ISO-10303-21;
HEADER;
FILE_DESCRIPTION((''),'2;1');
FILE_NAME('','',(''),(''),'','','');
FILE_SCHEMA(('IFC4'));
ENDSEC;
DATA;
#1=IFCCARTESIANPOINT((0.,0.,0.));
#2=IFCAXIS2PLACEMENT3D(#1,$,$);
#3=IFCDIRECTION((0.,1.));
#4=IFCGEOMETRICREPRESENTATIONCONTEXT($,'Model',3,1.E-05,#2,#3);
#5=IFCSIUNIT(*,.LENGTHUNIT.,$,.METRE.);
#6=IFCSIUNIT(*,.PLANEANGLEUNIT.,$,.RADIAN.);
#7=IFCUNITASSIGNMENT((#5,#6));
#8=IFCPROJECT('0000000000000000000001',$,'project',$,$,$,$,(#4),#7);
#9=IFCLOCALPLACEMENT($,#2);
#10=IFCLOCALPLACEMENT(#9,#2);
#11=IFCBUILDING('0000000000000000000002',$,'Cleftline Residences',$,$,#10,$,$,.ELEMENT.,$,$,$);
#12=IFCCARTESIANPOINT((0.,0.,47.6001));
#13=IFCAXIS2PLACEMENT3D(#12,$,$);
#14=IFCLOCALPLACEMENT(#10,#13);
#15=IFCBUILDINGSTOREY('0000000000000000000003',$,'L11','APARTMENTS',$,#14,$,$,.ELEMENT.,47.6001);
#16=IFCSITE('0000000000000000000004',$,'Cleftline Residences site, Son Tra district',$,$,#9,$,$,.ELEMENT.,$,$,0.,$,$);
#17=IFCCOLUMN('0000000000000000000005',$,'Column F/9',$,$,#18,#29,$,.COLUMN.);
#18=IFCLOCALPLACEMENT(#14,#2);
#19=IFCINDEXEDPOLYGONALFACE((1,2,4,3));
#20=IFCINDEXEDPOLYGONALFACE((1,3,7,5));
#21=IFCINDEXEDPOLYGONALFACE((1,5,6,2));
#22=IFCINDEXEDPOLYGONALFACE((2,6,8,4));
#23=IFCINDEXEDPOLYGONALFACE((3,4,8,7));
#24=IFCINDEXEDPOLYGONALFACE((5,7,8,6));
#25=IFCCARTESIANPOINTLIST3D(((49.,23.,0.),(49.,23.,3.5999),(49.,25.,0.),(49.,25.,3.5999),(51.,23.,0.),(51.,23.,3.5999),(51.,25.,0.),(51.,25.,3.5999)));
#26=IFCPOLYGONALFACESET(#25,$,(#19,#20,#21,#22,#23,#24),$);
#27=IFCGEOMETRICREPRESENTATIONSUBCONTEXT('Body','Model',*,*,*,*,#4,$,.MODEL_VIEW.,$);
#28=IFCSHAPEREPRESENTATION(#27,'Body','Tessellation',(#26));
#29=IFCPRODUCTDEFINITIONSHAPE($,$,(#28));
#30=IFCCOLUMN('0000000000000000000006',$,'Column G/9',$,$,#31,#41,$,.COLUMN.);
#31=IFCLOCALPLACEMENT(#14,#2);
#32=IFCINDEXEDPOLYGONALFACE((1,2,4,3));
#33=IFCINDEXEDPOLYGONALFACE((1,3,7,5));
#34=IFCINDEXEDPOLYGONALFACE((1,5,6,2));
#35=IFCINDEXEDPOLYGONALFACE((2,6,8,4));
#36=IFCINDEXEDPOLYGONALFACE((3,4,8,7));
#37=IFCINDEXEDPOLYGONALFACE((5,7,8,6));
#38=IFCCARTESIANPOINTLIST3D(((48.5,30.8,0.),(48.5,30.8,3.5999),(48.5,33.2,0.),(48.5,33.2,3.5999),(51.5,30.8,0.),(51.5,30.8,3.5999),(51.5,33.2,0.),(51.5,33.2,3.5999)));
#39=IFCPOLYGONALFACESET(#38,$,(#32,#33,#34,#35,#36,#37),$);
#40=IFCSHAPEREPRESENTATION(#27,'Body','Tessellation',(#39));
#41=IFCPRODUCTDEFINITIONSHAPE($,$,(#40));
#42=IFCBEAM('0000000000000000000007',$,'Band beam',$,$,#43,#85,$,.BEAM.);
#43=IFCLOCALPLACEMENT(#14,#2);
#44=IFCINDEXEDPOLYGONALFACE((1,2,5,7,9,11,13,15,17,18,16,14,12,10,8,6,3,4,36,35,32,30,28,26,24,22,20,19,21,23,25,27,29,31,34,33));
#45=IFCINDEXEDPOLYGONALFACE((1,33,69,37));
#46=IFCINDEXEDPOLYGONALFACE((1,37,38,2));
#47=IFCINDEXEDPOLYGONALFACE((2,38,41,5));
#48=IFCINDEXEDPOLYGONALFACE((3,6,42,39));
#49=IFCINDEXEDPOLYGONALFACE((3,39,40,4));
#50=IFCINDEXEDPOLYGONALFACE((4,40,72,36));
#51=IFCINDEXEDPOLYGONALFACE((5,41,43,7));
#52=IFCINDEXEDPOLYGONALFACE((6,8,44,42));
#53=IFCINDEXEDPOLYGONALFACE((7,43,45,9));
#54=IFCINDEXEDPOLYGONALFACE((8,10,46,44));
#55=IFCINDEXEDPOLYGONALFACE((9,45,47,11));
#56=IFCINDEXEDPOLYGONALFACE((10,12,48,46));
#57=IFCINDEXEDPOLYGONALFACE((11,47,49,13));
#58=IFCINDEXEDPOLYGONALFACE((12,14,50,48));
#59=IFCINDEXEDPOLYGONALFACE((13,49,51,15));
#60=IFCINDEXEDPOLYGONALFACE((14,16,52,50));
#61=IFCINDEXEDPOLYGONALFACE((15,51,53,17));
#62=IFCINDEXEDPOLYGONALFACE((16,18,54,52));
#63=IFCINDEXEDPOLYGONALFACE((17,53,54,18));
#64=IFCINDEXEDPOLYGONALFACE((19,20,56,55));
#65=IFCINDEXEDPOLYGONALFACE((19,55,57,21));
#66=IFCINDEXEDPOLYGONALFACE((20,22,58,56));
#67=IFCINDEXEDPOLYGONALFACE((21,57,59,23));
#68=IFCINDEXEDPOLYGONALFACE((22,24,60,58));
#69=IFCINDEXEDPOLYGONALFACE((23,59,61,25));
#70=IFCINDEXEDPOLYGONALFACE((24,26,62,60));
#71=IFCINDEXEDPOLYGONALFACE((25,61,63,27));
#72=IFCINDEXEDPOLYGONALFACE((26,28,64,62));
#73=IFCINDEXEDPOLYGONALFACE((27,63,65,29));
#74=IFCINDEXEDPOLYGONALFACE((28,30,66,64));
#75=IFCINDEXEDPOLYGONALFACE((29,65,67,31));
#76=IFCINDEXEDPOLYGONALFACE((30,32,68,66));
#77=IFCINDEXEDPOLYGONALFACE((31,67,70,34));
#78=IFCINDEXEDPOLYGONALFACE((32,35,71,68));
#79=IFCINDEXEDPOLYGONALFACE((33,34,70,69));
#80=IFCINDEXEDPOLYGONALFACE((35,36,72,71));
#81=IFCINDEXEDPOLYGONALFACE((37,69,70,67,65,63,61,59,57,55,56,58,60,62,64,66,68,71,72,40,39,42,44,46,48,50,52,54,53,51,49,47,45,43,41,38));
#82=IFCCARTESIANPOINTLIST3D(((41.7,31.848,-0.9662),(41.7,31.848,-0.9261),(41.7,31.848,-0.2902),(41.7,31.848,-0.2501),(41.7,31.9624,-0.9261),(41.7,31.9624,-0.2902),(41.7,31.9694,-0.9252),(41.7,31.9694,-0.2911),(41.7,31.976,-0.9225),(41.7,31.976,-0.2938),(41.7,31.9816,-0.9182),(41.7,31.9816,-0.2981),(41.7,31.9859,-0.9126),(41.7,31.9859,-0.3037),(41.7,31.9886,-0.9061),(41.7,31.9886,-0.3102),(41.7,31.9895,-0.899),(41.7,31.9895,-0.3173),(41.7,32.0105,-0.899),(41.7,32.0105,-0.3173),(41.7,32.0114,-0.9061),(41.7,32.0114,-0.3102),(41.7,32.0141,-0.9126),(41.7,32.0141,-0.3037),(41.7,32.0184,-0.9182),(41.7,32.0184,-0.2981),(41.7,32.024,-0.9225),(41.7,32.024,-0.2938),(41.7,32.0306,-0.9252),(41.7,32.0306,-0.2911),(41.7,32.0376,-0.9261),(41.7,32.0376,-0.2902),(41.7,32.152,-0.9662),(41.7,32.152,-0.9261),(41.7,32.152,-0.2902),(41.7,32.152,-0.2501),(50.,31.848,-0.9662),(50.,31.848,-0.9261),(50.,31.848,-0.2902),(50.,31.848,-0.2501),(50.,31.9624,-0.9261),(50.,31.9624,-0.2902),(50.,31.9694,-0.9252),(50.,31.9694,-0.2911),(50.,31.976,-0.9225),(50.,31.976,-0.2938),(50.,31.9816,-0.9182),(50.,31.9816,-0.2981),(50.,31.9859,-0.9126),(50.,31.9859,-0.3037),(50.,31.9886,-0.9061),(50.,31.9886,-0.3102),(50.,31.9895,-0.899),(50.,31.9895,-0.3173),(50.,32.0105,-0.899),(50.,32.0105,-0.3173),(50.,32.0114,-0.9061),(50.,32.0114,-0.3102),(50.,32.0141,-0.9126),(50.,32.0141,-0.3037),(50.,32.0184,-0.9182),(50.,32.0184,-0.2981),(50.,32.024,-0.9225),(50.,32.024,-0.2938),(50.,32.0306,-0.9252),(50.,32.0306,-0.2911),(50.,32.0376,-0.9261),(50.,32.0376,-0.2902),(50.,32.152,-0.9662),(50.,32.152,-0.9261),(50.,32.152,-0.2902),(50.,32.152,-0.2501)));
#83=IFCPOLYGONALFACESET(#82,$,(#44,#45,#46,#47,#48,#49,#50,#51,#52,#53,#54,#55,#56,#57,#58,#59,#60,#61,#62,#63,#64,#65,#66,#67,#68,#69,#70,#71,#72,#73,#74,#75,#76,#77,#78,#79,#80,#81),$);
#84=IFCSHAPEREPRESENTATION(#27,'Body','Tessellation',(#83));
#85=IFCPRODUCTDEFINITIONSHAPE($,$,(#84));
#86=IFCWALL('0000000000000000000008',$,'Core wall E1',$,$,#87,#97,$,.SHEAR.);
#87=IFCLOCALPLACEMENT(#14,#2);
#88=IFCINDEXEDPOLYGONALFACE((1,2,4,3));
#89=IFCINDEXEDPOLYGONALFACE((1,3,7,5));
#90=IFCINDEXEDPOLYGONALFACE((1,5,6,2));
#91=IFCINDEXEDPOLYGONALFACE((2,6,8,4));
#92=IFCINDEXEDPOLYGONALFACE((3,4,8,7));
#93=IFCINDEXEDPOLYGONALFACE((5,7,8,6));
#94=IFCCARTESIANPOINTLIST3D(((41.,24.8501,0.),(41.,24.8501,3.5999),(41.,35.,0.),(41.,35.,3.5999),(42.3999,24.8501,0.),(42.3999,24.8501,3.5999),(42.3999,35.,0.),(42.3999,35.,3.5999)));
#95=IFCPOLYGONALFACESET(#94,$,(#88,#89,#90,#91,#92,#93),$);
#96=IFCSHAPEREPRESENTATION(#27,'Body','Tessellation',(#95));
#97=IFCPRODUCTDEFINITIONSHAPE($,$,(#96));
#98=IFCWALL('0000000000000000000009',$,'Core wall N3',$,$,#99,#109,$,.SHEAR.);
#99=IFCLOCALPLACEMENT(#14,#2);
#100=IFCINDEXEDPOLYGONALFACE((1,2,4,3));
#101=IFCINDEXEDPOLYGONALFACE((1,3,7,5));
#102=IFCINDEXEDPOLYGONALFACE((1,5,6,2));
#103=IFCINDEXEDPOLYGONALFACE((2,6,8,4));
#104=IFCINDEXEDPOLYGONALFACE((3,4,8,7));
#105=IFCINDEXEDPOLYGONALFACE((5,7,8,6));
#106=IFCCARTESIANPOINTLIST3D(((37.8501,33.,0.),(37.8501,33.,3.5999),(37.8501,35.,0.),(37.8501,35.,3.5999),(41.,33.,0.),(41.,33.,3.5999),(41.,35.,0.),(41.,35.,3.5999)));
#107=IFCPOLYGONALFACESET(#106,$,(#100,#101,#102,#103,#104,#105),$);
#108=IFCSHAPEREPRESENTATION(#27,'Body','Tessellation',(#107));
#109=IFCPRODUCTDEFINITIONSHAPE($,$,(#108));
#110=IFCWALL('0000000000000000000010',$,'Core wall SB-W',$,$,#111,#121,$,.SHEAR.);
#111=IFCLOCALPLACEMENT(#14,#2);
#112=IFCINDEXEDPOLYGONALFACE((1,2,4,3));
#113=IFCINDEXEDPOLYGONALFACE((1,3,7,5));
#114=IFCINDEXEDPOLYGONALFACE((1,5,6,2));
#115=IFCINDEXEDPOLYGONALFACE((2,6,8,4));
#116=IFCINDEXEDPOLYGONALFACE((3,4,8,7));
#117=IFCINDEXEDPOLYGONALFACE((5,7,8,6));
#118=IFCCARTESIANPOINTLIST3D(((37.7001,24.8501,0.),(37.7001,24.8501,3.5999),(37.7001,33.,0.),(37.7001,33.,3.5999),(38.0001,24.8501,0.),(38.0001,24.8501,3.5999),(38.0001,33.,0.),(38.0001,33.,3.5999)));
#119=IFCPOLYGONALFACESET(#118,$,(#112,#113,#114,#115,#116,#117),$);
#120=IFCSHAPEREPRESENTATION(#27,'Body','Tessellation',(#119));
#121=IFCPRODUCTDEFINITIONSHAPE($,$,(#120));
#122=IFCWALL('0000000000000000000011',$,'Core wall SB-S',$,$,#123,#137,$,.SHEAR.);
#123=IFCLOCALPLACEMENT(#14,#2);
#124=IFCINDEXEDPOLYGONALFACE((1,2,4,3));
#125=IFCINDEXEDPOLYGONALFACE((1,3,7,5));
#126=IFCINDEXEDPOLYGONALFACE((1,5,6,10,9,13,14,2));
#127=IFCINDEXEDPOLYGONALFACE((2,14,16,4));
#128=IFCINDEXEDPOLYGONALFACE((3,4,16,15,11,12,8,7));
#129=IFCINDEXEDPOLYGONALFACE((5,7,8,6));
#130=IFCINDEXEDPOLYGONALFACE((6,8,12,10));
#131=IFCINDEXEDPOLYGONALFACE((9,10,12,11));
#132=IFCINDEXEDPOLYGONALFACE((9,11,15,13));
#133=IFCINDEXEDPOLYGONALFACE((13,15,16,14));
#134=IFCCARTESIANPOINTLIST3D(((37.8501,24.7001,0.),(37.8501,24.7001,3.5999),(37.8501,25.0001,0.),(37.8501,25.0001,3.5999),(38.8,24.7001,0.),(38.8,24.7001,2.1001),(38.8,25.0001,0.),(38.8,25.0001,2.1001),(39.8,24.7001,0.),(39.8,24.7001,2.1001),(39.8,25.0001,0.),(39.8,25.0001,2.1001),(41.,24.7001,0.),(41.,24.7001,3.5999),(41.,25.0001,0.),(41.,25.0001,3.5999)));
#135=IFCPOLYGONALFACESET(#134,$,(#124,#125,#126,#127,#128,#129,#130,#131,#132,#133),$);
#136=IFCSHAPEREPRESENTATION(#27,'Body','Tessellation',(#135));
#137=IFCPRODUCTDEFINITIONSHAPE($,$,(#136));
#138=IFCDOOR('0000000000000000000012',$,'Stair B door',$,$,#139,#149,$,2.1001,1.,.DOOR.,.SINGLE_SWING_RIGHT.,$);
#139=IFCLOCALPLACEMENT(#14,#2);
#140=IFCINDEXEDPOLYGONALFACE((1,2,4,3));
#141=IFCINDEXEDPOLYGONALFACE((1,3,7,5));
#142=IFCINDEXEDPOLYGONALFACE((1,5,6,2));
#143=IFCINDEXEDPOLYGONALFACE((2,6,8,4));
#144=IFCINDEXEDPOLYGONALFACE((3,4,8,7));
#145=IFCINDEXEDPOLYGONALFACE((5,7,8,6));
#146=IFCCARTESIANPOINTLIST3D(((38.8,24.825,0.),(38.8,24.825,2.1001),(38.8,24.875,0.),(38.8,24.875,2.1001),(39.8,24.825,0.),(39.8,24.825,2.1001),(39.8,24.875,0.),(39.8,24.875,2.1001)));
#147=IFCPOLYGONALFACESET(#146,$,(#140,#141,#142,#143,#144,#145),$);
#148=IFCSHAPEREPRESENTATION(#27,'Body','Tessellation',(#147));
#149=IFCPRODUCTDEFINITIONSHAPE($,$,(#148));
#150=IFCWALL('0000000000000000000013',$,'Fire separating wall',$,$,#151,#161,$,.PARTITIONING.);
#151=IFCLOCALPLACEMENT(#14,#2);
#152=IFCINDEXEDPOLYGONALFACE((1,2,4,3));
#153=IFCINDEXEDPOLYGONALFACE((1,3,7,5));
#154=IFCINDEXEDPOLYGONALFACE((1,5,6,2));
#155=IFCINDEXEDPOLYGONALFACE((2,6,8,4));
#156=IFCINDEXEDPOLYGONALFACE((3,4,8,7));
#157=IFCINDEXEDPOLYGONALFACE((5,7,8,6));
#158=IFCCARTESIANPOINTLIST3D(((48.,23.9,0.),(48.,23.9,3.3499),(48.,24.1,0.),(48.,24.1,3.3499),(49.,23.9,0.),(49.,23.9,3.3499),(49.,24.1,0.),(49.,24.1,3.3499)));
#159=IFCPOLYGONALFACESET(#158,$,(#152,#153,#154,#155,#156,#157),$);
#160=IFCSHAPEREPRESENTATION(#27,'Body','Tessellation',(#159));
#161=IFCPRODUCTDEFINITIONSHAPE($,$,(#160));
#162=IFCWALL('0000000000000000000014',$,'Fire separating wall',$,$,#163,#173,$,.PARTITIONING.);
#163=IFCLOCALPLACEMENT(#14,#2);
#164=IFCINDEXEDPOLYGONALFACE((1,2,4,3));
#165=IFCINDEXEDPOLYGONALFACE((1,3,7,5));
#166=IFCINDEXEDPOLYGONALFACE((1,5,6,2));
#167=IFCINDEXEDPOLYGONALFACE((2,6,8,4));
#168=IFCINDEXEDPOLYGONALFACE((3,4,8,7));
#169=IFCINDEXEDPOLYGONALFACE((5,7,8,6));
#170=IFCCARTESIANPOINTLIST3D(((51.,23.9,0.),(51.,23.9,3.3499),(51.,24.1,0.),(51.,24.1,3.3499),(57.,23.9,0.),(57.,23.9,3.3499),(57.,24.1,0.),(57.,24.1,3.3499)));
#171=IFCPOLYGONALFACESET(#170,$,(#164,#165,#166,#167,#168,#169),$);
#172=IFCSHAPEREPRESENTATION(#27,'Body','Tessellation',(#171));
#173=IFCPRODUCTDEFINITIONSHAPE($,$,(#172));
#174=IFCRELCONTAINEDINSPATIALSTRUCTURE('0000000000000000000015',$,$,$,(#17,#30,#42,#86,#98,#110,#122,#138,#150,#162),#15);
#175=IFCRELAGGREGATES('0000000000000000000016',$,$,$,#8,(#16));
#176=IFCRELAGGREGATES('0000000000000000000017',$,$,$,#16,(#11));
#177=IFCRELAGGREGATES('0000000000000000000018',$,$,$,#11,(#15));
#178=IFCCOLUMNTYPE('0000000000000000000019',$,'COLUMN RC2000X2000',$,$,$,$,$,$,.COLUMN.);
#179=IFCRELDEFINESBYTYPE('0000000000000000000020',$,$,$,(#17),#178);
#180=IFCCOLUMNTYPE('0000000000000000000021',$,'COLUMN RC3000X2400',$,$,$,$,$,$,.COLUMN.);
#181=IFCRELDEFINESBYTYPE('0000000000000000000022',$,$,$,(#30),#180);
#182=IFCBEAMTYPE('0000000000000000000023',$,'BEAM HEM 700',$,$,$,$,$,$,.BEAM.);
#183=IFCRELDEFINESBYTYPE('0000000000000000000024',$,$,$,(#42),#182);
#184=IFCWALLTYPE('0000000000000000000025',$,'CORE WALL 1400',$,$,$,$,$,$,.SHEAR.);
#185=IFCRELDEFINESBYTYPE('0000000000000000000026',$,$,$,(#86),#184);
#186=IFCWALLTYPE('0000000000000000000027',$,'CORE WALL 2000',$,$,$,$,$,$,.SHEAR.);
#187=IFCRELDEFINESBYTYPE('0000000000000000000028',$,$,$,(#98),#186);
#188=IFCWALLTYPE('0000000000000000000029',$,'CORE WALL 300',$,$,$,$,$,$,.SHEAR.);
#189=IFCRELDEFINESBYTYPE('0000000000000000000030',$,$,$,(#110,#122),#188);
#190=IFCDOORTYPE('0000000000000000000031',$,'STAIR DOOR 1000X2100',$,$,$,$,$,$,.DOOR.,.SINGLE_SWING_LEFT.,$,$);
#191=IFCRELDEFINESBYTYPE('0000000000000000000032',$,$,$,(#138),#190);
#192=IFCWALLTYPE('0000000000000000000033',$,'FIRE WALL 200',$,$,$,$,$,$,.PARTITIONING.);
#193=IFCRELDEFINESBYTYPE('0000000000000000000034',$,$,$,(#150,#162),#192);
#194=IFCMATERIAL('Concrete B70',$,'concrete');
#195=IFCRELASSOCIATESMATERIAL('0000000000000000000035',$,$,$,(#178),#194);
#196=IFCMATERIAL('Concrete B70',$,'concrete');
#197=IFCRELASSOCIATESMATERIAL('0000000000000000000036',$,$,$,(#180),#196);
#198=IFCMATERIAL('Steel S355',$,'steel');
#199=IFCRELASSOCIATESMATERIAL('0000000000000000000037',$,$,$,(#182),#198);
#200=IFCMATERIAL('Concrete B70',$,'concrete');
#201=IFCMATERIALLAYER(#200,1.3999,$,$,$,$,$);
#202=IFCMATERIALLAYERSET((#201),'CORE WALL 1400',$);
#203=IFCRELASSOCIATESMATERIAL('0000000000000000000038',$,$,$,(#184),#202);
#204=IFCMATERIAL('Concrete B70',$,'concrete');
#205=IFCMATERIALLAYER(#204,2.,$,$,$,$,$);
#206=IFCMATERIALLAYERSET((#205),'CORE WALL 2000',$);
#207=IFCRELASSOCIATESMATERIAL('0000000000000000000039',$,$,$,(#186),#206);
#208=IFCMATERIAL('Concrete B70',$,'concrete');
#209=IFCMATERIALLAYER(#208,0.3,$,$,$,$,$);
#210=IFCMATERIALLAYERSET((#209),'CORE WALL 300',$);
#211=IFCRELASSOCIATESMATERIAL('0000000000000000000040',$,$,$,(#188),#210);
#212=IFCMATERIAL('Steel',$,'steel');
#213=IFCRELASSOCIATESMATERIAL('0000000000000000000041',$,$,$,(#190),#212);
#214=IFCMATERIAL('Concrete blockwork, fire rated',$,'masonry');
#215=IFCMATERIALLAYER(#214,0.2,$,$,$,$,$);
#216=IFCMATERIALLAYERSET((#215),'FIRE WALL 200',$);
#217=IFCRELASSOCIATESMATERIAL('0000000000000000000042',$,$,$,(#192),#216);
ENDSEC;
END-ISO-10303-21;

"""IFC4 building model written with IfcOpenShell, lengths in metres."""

from ifc_helpers import new_model, si_unit, direction, frame, frame_2d, origin, origin_2d, place, context, subcontext, project, spatial, rectangle, i_section, extrude, material, layer, layer_set, material_profile, profile_set, type_object, element, fill, save


model = new_model("IFC4")

# Units and contexts
model_context = context("Model", 3, precision=1e-05, world=origin(), true_north=direction((0.0, 1.0)))
body_context = subcontext(model_context, "Body", "Model", "MODEL_VIEW")
ifc_project = project(units=[si_unit("LENGTHUNIT", "METRE"), si_unit("PLANEANGLEUNIT", "RADIAN")], contexts=[model_context])

# Site, building, storey
site_placement = place(None, origin())
site = spatial("IfcSite", under=ifc_project, at=site_placement, Name="Cleftline Residences site, Son Tra district", CompositionType="ELEMENT", RefElevation=0.0)
building_placement = place(site_placement, origin())
building = spatial("IfcBuilding", under=site, at=building_placement, Name="Cleftline Residences", CompositionType="ELEMENT")
storey_placement = place(building_placement, frame((0.0, 0.0, 47.6001)))
storey = spatial("IfcBuildingStorey", under=building, at=storey_placement, Name="L11", Description="APARTMENTS", CompositionType="ELEMENT", Elevation=47.6001)

# Columns
ifc_material_1 = material(Name="Concrete B70", Category="concrete")
ifc_material_profile_1 = material_profile(ifc_material_1, rectangle(XDim=2.0, YDim=2.0, at=origin_2d()))
ifc_profile_set_1 = profile_set([ifc_material_profile_1], Name="Concrete B70")
column_type_1 = type_object("IfcColumnType", Name="COLUMN RC2000X2000", PredefinedType="COLUMN", material=ifc_profile_set_1)
column_1_placement = place(storey_placement, frame((50.0, 24.0, 0.0), z_axis=(0.0, 0.0, 1.0), x_axis=(1.0, 0.0, 0.0)))
element("IfcColumn", 1, at=column_1_placement, inside=storey, type_object=column_type_1, Name="Column F/9", PredefinedType="COLUMN", context=body_context, shape_type="SweptSolid", body=[
    extrude(rectangle(XDim=2.0, YDim=2.0, at=origin_2d()), origin(), (0.0, 0.0, 1.0), 3.5999),
])
ifc_material_2 = material(Name="Concrete B70", Category="concrete")
ifc_material_profile_2 = material_profile(ifc_material_2, rectangle(XDim=3.0, YDim=2.3999, at=origin_2d()))
ifc_profile_set_2 = profile_set([ifc_material_profile_2], Name="Concrete B70")
column_type_2 = type_object("IfcColumnType", Name="COLUMN RC3000X2400", PredefinedType="COLUMN", material=ifc_profile_set_2)
column_2_placement = place(storey_placement, frame((50.0, 32.0, 0.0), z_axis=(0.0, 0.0, 1.0), x_axis=(1.0, 0.0, 0.0)))
element("IfcColumn", 2, at=column_2_placement, inside=storey, type_object=column_type_2, Name="Column G/9", PredefinedType="COLUMN", context=body_context, shape_type="SweptSolid", body=[
    extrude(rectangle(XDim=3.0, YDim=2.3999, at=origin_2d()), origin(), (0.0, 0.0, 1.0), 3.5999),
])

# Beam
ifc_material_3 = material(Name="Steel S355", Category="steel")
ifc_material_profile_3 = material_profile(ifc_material_3, i_section(OverallWidth=0.304, OverallDepth=0.7161, WebThickness=0.021, FlangeThickness=0.04, FilletRadius=0.0271, at=origin_2d()))
ifc_profile_set_3 = profile_set([ifc_material_profile_3], Name="Steel S355")
beam_type = type_object("IfcBeamType", Name="BEAM HEM 700", PredefinedType="BEAM", material=ifc_profile_set_3)
beam_placement = place(storey_placement, frame((50.0, 32.0, -0.6082), z_axis=(-1.0, 0.0, 0.0), x_axis=(0.0, -1.0, 0.0)))
element("IfcBeam", 3, at=beam_placement, inside=storey, type_object=beam_type, Name="Band beam", PredefinedType="BEAM", context=body_context, shape_type="SweptSolid", body=[
    extrude(i_section(OverallWidth=0.304, OverallDepth=0.7161, WebThickness=0.021, FlangeThickness=0.04, FilletRadius=0.0271, at=origin_2d()), origin(), (0.0, 0.0, 1.0), 8.3),
])

# Walls
ifc_material_4 = material(Name="Concrete B70", Category="concrete")
ifc_layer_1 = layer(ifc_material_4, 1.3999)
ifc_layer_set_1 = layer_set([ifc_layer_1], Name="CORE WALL 1400")
wall_type_1 = type_object("IfcWallType", Name="CORE WALL 1400", PredefinedType="SHEAR", material=ifc_layer_set_1)
wall_1_placement = place(storey_placement, frame((41.7, 24.8501, 0.0), z_axis=(0.0, 0.0, 1.0), x_axis=(0.0, 1.0, 0.0)))
element("IfcWall", 4, at=wall_1_placement, inside=storey, type_object=wall_type_1, Name="Core wall E1", PredefinedType="SHEAR", context=body_context, shape_type="SweptSolid", body=[
    extrude(rectangle(XDim=10.1499, YDim=1.3999, at=frame_2d((5.075, 0.0))), origin(), (0.0, 0.0, 1.0), 3.5999),
])
ifc_material_5 = material(Name="Concrete B70", Category="concrete")
ifc_layer_2 = layer(ifc_material_5, 2.0)
ifc_layer_set_2 = layer_set([ifc_layer_2], Name="CORE WALL 2000")
wall_type_2 = type_object("IfcWallType", Name="CORE WALL 2000", PredefinedType="SHEAR", material=ifc_layer_set_2)
wall_2_placement = place(storey_placement, frame((37.8501, 34.0, 0.0), z_axis=(0.0, 0.0, 1.0), x_axis=(1.0, 0.0, 0.0)))
element("IfcWall", 5, at=wall_2_placement, inside=storey, type_object=wall_type_2, Name="Core wall N3", PredefinedType="SHEAR", context=body_context, shape_type="SweptSolid", body=[
    extrude(rectangle(XDim=3.1499, YDim=2.0, at=frame_2d((1.575, 0.0))), origin(), (0.0, 0.0, 1.0), 3.5999),
])
ifc_material_6 = material(Name="Concrete B70", Category="concrete")
ifc_layer_3 = layer(ifc_material_6, 0.3)
ifc_layer_set_3 = layer_set([ifc_layer_3], Name="CORE WALL 300")
wall_type_3 = type_object("IfcWallType", Name="CORE WALL 300", PredefinedType="SHEAR", material=ifc_layer_set_3)
wall_3_placement = place(storey_placement, frame((37.8501, 24.8501, 0.0), z_axis=(0.0, 0.0, 1.0), x_axis=(0.0, 1.0, 0.0)))
element("IfcWall", 6, at=wall_3_placement, inside=storey, type_object=wall_type_3, Name="Core wall SB-W", PredefinedType="SHEAR", context=body_context, shape_type="SweptSolid", body=[
    extrude(rectangle(XDim=8.1499, YDim=0.3, at=frame_2d((4.075, 0.0))), origin(), (0.0, 0.0, 1.0), 3.5999),
])

# Wall, opening, door
wall_4_placement = place(storey_placement, frame((37.8501, 24.8501, 0.0), z_axis=(0.0, 0.0, 1.0), x_axis=(1.0, 0.0, 0.0)))
wall_4 = element("IfcWall", 7, at=wall_4_placement, inside=storey, type_object=wall_type_3, Name="Core wall SB-S", PredefinedType="SHEAR", context=body_context, shape_type="SweptSolid", body=[
    extrude(rectangle(XDim=3.1499, YDim=0.3, at=frame_2d((1.575, 0.0))), origin(), (0.0, 0.0, 1.0), 3.5999),
])
opening_1_placement = place(wall_4_placement, frame((0.95, 0.0, 0.0)))
opening_1 = element("IfcOpeningElement", 8, at=opening_1_placement, cuts=wall_4, PredefinedType="OPENING", context=body_context, shape_type="SweptSolid", body=[
    extrude(rectangle(XDim=1.0, YDim=2.1001, at=frame_2d((0.5, 1.05))), frame((0.0, 0.1599, 0.0), z_axis=(0.0, -1.0, 0.0), x_axis=(1.0, 0.0, 0.0)), (0.0, 0.0, 1.0), 0.3201),
])
ifc_material_7 = material(Name="Steel", Category="steel")
door_type_1 = type_object("IfcDoorType", Name="STAIR DOOR 1000X2100", OperationType="SINGLE_SWING_LEFT", PredefinedType="DOOR", material=ifc_material_7)
door_1_placement = place(opening_1_placement, origin())
door_1 = element("IfcDoor", 9, at=door_1_placement, inside=storey, type_object=door_type_1, Name="Stair B door", OperationType="SINGLE_SWING_RIGHT", OverallHeight=2.1001, OverallWidth=1.0, PredefinedType="DOOR", context=body_context, shape_type="SweptSolid", body=[
    extrude(rectangle(XDim=1.0, YDim=2.1001, at=frame_2d((0.5, 1.05))), frame((0.0, 0.0249, 0.0), z_axis=(0.0, -1.0, 0.0), x_axis=(1.0, 0.0, 0.0)), (0.0, 0.0, 1.0), 0.05),
])
fill(opening_1, door_1)

# Walls
ifc_material_8 = material(Name="Concrete blockwork, fire rated", Category="masonry")
ifc_layer_4 = layer(ifc_material_8, 0.2)
ifc_layer_set_4 = layer_set([ifc_layer_4], Name="FIRE WALL 200")
wall_type_4 = type_object("IfcWallType", Name="FIRE WALL 200", PredefinedType="PARTITIONING", material=ifc_layer_set_4)
wall_5_placement = place(storey_placement, frame((48.0, 24.0, 0.0), z_axis=(0.0, 0.0, 1.0), x_axis=(1.0, 0.0, 0.0)))
element("IfcWall", 10, at=wall_5_placement, inside=storey, type_object=wall_type_4, Name="Fire separating wall", PredefinedType="PARTITIONING", context=body_context, shape_type="SweptSolid", body=[
    extrude(rectangle(XDim=1.0, YDim=0.2, at=frame_2d((0.5, 0.0))), origin(), (0.0, 0.0, 1.0), 3.3499),
])
wall_6_placement = place(storey_placement, frame((51.0, 24.0, 0.0), z_axis=(0.0, 0.0, 1.0), x_axis=(1.0, 0.0, 0.0)))
element("IfcWall", 11, at=wall_6_placement, inside=storey, type_object=wall_type_4, Name="Fire separating wall", PredefinedType="PARTITIONING", context=body_context, shape_type="SweptSolid", body=[
    extrude(rectangle(XDim=6.0, YDim=0.2, at=frame_2d((3.0, 0.0))), origin(), (0.0, 0.0, 1.0), 3.3499),
])

save(model, "model.ifc")
